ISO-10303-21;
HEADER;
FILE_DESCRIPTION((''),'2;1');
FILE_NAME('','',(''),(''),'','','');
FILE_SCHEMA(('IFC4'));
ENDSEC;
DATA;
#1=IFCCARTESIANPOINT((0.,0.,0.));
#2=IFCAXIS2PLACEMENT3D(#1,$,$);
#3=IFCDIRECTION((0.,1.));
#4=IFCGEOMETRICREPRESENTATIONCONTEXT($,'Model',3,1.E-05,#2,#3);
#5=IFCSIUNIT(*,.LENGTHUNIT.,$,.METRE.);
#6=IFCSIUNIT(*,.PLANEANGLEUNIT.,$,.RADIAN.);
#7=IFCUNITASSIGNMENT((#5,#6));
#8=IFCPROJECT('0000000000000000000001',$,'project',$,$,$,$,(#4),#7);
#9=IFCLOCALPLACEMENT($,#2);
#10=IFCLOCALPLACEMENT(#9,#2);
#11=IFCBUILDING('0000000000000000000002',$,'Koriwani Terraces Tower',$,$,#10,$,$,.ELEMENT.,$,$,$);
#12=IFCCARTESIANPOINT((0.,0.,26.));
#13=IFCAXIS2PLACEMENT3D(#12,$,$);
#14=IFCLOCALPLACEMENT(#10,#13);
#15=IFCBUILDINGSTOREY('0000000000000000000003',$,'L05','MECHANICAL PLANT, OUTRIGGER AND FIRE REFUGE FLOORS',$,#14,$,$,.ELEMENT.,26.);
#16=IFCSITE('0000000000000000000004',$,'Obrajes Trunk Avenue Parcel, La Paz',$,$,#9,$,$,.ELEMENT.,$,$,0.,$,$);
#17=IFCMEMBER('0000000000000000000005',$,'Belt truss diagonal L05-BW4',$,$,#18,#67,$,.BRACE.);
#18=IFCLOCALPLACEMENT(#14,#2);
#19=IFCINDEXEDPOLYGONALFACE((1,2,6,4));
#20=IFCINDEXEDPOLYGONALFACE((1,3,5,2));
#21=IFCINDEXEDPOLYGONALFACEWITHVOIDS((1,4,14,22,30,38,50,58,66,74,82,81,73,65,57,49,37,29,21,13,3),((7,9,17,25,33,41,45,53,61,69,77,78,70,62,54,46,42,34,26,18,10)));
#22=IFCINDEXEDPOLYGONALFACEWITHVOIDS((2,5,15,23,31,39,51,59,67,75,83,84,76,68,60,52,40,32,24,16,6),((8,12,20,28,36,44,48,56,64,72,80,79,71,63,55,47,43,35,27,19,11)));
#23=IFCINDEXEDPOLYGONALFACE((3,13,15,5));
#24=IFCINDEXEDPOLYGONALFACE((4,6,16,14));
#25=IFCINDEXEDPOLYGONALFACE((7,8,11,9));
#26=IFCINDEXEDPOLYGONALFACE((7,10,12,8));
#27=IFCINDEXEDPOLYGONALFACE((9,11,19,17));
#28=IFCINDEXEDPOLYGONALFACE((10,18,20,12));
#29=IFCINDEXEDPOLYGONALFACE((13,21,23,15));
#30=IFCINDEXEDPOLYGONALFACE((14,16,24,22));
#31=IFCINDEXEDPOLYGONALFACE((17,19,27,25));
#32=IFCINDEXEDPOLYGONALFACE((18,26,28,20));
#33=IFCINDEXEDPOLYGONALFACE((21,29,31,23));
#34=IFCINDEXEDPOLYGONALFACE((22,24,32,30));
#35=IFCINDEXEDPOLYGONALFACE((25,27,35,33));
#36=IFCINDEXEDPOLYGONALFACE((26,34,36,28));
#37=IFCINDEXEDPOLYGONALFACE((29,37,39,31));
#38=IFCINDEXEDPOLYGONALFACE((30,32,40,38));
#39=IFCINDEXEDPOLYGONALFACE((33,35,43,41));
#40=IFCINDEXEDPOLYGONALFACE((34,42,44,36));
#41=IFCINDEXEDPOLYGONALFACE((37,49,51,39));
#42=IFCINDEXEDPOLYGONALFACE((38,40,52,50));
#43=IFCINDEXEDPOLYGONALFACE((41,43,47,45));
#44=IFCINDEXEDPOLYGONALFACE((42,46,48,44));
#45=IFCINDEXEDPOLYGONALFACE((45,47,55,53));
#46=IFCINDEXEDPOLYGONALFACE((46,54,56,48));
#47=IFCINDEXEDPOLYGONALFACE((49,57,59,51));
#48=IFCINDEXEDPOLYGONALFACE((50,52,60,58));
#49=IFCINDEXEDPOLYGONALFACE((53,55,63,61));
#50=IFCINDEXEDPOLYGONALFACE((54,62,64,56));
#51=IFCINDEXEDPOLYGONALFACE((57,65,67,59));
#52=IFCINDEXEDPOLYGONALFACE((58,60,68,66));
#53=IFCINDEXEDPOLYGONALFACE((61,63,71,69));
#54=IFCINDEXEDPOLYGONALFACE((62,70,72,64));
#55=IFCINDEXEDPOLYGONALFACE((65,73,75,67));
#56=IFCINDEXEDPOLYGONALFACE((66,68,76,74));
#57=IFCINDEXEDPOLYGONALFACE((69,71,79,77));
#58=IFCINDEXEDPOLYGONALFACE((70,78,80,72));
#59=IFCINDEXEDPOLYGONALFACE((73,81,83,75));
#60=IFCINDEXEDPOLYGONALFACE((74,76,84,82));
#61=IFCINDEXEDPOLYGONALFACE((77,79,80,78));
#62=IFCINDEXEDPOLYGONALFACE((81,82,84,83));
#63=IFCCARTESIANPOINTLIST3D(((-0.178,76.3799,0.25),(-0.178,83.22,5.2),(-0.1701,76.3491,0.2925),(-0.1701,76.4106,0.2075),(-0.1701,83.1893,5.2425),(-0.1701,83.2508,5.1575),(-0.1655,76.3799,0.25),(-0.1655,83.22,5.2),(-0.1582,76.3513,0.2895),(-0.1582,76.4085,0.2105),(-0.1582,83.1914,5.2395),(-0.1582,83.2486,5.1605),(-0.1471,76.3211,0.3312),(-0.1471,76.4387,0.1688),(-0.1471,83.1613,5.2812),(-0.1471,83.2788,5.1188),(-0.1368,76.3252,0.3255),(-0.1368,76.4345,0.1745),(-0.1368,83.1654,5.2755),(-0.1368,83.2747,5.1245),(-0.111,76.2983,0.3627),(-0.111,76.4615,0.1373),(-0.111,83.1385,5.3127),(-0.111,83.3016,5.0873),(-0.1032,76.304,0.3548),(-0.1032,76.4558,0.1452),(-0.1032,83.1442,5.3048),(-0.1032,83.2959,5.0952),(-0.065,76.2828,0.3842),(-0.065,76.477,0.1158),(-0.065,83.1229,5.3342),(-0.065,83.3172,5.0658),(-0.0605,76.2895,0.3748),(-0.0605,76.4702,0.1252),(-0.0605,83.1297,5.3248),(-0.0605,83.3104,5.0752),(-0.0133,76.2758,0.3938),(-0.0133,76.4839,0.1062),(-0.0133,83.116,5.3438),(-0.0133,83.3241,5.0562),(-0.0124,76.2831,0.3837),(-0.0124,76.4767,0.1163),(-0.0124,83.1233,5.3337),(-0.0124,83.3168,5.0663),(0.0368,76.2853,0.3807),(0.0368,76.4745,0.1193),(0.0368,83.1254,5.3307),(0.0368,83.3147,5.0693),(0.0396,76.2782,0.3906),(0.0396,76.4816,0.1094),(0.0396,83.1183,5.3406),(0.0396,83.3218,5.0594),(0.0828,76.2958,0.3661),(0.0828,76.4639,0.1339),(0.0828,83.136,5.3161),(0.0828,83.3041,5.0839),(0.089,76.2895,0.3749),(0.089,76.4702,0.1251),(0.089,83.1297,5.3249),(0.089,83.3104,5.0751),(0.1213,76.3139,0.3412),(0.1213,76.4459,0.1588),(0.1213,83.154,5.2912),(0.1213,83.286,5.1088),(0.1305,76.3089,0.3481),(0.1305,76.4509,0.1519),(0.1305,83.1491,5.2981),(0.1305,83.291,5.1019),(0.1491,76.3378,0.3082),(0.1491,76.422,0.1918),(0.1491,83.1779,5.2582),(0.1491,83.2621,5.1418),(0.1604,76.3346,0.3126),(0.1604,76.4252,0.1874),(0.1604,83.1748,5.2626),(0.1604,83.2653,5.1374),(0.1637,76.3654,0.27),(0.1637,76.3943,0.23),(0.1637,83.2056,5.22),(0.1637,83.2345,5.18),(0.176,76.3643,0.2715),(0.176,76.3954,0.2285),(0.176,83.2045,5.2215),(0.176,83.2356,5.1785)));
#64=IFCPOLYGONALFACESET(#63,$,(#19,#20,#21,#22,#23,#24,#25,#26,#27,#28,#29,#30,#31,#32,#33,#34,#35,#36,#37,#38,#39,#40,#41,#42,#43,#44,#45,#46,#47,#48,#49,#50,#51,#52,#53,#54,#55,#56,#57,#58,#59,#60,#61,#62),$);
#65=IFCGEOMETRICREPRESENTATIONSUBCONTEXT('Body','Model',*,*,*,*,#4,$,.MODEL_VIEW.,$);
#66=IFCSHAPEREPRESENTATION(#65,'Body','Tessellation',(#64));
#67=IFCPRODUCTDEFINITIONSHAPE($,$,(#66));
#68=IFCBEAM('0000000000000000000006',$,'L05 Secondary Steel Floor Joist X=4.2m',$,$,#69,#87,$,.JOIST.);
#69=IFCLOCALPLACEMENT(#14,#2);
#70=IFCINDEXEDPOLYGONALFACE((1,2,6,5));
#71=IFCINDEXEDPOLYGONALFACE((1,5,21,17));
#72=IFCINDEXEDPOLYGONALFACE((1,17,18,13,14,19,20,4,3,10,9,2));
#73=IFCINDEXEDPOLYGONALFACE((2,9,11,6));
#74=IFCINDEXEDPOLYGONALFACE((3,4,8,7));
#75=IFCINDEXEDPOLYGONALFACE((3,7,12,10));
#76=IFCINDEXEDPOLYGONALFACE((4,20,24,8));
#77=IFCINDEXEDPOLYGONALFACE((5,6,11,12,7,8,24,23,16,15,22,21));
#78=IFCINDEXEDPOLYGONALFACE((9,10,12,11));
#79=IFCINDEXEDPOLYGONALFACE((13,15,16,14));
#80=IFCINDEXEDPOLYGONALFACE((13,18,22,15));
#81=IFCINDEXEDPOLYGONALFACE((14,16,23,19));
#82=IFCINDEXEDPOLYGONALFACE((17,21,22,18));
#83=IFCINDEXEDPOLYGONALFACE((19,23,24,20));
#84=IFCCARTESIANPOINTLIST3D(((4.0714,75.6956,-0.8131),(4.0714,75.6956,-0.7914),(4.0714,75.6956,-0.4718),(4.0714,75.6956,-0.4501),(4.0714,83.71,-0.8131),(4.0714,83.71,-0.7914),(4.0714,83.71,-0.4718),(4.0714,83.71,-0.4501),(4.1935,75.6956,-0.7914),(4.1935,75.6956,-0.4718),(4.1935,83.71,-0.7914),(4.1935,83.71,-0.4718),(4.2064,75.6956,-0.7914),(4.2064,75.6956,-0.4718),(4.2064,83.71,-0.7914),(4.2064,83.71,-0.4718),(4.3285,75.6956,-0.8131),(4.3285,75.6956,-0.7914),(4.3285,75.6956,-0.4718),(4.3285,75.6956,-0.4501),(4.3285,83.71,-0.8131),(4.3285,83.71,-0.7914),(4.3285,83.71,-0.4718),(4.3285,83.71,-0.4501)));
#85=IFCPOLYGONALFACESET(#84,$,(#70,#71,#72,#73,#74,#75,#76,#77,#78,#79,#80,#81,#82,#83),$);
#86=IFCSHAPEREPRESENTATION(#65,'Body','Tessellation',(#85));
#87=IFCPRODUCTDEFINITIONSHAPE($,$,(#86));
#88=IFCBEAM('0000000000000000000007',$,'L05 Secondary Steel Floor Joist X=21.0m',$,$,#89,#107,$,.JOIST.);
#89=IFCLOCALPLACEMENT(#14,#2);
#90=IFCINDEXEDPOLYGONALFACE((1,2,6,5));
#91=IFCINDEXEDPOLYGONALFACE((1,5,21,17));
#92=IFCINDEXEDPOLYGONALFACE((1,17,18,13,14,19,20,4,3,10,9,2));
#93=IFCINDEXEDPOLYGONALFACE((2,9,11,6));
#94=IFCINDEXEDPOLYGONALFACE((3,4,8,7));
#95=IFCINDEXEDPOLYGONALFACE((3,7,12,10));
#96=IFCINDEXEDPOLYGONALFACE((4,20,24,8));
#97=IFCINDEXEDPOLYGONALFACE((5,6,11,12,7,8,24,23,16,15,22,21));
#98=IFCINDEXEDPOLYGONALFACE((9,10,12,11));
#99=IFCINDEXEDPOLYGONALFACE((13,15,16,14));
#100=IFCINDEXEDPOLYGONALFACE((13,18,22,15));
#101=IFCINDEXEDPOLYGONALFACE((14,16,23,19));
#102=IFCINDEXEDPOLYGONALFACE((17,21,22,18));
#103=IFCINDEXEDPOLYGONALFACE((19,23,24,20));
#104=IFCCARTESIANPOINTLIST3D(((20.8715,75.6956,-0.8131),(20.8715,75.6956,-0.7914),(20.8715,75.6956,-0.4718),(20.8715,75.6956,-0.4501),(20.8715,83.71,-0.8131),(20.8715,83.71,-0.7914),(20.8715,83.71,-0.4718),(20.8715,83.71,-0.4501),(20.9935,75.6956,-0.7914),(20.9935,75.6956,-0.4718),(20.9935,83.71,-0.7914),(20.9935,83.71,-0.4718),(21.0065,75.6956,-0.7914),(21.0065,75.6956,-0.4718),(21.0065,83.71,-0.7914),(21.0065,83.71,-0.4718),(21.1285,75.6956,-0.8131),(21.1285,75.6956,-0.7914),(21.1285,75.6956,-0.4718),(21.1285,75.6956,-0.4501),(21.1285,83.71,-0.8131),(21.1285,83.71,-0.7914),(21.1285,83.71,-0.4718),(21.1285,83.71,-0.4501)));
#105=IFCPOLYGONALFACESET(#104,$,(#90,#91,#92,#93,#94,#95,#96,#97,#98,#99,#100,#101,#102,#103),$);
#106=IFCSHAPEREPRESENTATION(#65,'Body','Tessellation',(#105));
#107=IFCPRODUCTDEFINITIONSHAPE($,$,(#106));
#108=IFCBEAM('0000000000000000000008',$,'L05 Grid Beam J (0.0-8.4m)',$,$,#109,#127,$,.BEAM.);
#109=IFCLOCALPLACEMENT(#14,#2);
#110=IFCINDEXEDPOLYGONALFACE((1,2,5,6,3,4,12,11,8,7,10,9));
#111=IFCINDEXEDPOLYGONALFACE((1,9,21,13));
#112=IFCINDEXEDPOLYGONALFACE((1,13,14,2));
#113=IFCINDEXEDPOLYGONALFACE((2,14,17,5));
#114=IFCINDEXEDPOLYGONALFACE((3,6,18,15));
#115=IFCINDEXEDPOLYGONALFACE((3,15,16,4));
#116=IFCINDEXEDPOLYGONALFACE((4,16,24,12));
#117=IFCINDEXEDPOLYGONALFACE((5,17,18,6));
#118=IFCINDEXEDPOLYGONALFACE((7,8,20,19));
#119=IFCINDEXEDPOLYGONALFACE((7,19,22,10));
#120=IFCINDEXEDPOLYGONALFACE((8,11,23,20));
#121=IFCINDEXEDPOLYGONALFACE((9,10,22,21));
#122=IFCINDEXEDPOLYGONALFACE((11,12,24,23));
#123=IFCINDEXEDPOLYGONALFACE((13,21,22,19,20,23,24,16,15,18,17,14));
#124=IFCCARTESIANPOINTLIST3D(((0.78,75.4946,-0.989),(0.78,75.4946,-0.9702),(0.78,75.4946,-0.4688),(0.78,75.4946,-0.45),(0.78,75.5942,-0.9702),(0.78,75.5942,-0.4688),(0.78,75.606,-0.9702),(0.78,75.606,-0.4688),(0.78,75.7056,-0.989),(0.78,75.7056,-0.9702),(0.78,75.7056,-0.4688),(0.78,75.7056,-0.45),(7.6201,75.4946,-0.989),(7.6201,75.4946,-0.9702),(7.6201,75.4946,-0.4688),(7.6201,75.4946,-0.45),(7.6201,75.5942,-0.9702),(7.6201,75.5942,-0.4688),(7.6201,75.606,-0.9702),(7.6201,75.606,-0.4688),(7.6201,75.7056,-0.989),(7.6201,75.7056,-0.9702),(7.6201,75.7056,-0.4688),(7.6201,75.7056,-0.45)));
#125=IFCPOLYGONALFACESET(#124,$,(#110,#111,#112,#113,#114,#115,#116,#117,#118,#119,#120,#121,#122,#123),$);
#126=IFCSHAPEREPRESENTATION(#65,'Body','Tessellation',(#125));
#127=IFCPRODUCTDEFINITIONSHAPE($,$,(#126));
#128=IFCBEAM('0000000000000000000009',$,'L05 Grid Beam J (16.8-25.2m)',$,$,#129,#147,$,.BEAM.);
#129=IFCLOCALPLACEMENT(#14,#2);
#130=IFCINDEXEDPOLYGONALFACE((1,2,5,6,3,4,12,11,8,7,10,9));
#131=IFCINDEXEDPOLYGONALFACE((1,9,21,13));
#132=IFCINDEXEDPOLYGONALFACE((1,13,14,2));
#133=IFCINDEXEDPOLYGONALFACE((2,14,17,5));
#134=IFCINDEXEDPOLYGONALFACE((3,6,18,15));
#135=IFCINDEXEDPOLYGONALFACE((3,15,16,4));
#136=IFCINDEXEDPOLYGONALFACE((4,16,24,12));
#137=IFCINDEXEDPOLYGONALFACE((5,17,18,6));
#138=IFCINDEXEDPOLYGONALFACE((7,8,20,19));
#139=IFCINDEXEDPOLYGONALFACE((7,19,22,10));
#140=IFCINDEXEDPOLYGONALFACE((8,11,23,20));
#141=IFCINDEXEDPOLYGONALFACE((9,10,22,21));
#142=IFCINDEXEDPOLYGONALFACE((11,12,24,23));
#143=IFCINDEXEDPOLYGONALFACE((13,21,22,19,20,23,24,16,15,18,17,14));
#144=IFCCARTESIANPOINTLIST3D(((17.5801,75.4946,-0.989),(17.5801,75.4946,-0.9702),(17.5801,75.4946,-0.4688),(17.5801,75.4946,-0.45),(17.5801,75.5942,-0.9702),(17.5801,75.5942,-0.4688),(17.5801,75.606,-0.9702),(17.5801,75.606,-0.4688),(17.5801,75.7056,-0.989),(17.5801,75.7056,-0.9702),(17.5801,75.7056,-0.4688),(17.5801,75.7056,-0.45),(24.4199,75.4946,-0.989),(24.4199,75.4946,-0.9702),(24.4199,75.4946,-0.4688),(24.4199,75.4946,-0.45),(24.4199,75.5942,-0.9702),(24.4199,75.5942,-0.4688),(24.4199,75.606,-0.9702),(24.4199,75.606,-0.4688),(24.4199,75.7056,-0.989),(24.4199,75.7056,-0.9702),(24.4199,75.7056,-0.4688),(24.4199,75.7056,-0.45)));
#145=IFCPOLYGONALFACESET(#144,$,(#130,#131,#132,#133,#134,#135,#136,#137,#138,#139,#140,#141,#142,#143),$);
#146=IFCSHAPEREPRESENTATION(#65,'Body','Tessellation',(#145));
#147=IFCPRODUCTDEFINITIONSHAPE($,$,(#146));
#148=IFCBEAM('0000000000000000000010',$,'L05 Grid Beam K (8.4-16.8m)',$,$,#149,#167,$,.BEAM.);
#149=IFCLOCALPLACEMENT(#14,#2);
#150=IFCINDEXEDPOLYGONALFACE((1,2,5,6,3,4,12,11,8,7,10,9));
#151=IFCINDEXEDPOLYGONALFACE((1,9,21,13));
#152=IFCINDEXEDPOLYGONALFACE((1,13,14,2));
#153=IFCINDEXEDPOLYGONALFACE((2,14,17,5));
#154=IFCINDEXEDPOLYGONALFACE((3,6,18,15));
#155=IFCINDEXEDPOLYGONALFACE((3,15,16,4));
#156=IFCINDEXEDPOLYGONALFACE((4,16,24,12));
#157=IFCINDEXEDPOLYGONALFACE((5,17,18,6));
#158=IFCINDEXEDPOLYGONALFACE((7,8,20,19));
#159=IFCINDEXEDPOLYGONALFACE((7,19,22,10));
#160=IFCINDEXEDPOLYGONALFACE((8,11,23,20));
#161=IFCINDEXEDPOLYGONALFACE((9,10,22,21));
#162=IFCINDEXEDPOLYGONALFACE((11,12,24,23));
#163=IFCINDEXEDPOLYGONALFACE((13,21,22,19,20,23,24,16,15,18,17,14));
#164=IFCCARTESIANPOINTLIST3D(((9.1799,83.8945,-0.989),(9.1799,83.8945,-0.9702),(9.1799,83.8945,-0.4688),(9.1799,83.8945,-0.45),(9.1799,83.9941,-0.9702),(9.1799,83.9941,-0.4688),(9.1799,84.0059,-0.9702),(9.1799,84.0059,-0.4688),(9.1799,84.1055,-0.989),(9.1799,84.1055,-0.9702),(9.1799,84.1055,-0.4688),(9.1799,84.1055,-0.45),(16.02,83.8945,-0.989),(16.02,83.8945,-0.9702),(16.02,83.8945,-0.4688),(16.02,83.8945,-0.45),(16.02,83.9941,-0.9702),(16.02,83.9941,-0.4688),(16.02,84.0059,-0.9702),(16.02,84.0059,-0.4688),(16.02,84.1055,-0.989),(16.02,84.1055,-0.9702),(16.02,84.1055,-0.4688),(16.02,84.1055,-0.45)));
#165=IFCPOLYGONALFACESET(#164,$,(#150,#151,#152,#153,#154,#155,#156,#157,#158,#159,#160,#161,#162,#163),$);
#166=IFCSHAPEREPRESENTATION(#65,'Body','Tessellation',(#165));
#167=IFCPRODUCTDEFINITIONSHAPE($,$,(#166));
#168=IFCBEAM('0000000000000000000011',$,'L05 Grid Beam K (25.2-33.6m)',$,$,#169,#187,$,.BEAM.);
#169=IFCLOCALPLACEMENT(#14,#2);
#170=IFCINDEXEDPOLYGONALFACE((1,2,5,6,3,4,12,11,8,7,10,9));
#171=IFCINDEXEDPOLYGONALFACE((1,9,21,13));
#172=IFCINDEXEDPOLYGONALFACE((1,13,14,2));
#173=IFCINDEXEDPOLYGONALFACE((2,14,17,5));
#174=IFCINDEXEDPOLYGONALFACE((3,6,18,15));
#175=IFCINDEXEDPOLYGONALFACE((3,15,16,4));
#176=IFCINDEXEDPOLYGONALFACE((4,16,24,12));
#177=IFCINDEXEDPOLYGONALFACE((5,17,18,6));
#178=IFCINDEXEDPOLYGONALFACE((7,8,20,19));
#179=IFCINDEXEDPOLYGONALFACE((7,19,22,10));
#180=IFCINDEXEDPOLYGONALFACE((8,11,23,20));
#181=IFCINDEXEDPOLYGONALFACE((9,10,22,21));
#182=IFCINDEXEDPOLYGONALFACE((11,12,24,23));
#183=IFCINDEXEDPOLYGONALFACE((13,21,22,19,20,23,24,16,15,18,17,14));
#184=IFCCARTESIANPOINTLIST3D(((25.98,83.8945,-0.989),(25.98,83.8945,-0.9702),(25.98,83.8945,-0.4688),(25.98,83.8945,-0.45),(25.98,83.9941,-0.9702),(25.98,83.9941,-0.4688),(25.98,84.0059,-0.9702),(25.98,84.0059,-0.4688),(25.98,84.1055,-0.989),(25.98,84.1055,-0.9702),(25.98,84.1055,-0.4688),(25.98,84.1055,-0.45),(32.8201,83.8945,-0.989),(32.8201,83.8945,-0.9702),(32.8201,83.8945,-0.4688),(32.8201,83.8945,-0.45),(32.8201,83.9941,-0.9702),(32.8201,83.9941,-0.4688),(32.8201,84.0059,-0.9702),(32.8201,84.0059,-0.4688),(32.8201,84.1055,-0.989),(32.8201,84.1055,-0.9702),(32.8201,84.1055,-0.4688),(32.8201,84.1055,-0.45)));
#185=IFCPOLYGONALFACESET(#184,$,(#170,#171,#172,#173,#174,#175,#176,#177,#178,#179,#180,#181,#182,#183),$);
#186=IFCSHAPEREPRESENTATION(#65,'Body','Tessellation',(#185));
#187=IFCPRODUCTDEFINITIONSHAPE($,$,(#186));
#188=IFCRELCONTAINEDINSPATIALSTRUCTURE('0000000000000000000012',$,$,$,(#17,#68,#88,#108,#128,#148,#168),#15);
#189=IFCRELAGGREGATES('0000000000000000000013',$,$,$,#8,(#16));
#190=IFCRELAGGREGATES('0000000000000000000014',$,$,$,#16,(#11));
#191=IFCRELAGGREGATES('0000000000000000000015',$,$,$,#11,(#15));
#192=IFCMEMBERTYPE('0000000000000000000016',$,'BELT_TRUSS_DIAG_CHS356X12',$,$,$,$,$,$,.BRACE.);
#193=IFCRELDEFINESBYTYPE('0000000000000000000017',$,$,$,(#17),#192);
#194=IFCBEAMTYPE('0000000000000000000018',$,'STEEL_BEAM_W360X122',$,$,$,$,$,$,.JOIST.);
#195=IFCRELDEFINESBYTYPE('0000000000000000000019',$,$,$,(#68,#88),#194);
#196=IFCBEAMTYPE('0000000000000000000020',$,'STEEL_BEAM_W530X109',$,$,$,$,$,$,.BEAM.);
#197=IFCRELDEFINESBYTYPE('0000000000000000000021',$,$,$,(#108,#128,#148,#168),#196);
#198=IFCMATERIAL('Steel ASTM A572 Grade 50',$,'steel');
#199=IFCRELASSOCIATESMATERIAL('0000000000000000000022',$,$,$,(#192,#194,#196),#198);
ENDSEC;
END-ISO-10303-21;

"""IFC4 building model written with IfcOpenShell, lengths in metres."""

from ifc_helpers import new_model, si_unit, direction, frame, origin, origin_2d, place, context, subcontext, project, spatial, hollow_circle, i_section, extrude, material, material_profile, profile_set, type_object, element, save


model = new_model("IFC4")

# Units and contexts
model_context = context("Model", 3, precision=1e-05, world=origin(), true_north=direction((0.0, 1.0)))
body_context = subcontext(model_context, "Body", "Model", "MODEL_VIEW")
ifc_project = project(units=[si_unit("LENGTHUNIT", "METRE"), si_unit("PLANEANGLEUNIT", "RADIAN")], contexts=[model_context])

# Site, building, storey
site_placement = place(None, origin())
site = spatial("IfcSite", under=ifc_project, at=site_placement, Name="Obrajes Trunk Avenue Parcel, La Paz", CompositionType="ELEMENT", RefElevation=0.0)
building_placement = place(site_placement, origin())
building = spatial("IfcBuilding", under=site, at=building_placement, Name="Koriwani Terraces Tower", CompositionType="ELEMENT")
storey_placement = place(building_placement, frame((0.0, 0.0, 26.0)))
storey = spatial("IfcBuildingStorey", under=building, at=storey_placement, Name="L05", Description="MECHANICAL PLANT, OUTRIGGER AND FIRE REFUGE FLOORS", CompositionType="ELEMENT", Elevation=26.0)

# Member
ifc_material_1 = material(Name="Steel ASTM A572 Grade 50", Category="steel")
ifc_material_profile_1 = material_profile(ifc_material_1, hollow_circle(Radius=0.178, WallThickness=0.0125, at=origin_2d()), Name="Steel ASTM A572 Grade 50", Category="LoadBearing")
ifc_profile_set_1 = profile_set([ifc_material_profile_1], Name="Steel ASTM A572 Grade 50")
member_type = type_object("IfcMemberType", Name="BELT_TRUSS_DIAG_CHS356X12", PredefinedType="BRACE", material=ifc_profile_set_1)
member_placement = place(storey_placement, frame((0.0, 76.3799, 0.25), z_axis=(0.0, 0.810123, 0.58626), x_axis=(-1.0, 0.0, 0.0)))
element("IfcMember", 1, at=member_placement, inside=storey, type_object=member_type, Name="Belt truss diagonal L05-BW4", PredefinedType="BRACE", context=body_context, shape_type="SweptSolid", body=[
    extrude(hollow_circle(Radius=0.178, WallThickness=0.0125, at=origin_2d()), origin(), (0.0, 0.0, 1.0), 8.4434),
])

# Beams
ifc_material_profile_2 = material_profile(ifc_material_1, i_section(OverallWidth=0.2571, OverallDepth=0.363, WebThickness=0.0129, FlangeThickness=0.0217, at=origin_2d()), Name="Steel ASTM A572 Grade 50", Category="LoadBearing")
ifc_profile_set_2 = profile_set([ifc_material_profile_2], Name="Steel ASTM A572 Grade 50")
beam_type_1 = type_object("IfcBeamType", Name="STEEL_BEAM_W360X122", PredefinedType="JOIST", material=ifc_profile_set_2)
for number, where, z_axis, x_axis, name in (
    (2, (4.2, 75.6956, -0.6316), (0.0, 1.0, 0.0), (-1.0, 0.0, 0.0), "L05 Secondary Steel Floor Joist X=4.2m"),
    (3, (21.0, 75.6956, -0.6316), (0.0, 1.0, 0.0), (-1.0, 0.0, 0.0), "L05 Secondary Steel Floor Joist X=21.0m"),
):
    element("IfcBeam", number, at=place(storey_placement, frame(where, z_axis=z_axis, x_axis=x_axis)), inside=storey, type_object=beam_type_1, Name=name, PredefinedType="JOIST", context=body_context, shape_type="SweptSolid", body=[
        extrude(i_section(OverallWidth=0.2571, OverallDepth=0.363, WebThickness=0.0129, FlangeThickness=0.0217, at=origin_2d()), origin(), (0.0, 0.0, 1.0), 8.0144),
    ])
ifc_material_profile_3 = material_profile(ifc_material_1, i_section(OverallWidth=0.2109, OverallDepth=0.5391, WebThickness=0.0117, FlangeThickness=0.0188, at=origin_2d()), Name="Steel ASTM A572 Grade 50", Category="LoadBearing")
ifc_profile_set_3 = profile_set([ifc_material_profile_3], Name="Steel ASTM A572 Grade 50")
beam_type_2 = type_object("IfcBeamType", Name="STEEL_BEAM_W530X109", PredefinedType="BEAM", material=ifc_profile_set_3)
beam_1_placement = place(storey_placement, frame((0.78, 75.6001, -0.7195), z_axis=(1.0, 0.0, 0.0), x_axis=(0.0, 1.0, 0.0)))
element("IfcBeam", 4, at=beam_1_placement, inside=storey, type_object=beam_type_2, Name="L05 Grid Beam J (0.0-8.4m)", PredefinedType="BEAM", context=body_context, shape_type="SweptSolid", body=[
    extrude(i_section(OverallWidth=0.2109, OverallDepth=0.5391, WebThickness=0.0117, FlangeThickness=0.0188, at=origin_2d()), origin(), (0.0, 0.0, 1.0), 6.8401),
])
beam_2_placement = place(storey_placement, frame((17.5801, 75.6001, -0.7195), z_axis=(1.0, 0.0, 0.0), x_axis=(0.0, 1.0, 0.0)))
element("IfcBeam", 5, at=beam_2_placement, inside=storey, type_object=beam_type_2, Name="L05 Grid Beam J (16.8-25.2m)", PredefinedType="BEAM", context=body_context, shape_type="SweptSolid", body=[
    extrude(i_section(OverallWidth=0.2109, OverallDepth=0.5391, WebThickness=0.0117, FlangeThickness=0.0188, at=origin_2d()), origin(), (0.0, 0.0, 1.0), 6.8398),
])
for number, where, z_axis, x_axis, name in (
    (6, (9.1799, 84.0, -0.7195), (1.0, 0.0, 0.0), (0.0, 1.0, 0.0), "L05 Grid Beam K (8.4-16.8m)"),
    (7, (25.98, 84.0, -0.7195), (1.0, 0.0, 0.0), (0.0, 1.0, 0.0), "L05 Grid Beam K (25.2-33.6m)"),
):
    element("IfcBeam", number, at=place(storey_placement, frame(where, z_axis=z_axis, x_axis=x_axis)), inside=storey, type_object=beam_type_2, Name=name, PredefinedType="BEAM", context=body_context, shape_type="SweptSolid", body=[
        extrude(i_section(OverallWidth=0.2109, OverallDepth=0.5391, WebThickness=0.0117, FlangeThickness=0.0188, at=origin_2d()), origin(), (0.0, 0.0, 1.0), 6.8401),
    ])

save(model, "model.ifc")
